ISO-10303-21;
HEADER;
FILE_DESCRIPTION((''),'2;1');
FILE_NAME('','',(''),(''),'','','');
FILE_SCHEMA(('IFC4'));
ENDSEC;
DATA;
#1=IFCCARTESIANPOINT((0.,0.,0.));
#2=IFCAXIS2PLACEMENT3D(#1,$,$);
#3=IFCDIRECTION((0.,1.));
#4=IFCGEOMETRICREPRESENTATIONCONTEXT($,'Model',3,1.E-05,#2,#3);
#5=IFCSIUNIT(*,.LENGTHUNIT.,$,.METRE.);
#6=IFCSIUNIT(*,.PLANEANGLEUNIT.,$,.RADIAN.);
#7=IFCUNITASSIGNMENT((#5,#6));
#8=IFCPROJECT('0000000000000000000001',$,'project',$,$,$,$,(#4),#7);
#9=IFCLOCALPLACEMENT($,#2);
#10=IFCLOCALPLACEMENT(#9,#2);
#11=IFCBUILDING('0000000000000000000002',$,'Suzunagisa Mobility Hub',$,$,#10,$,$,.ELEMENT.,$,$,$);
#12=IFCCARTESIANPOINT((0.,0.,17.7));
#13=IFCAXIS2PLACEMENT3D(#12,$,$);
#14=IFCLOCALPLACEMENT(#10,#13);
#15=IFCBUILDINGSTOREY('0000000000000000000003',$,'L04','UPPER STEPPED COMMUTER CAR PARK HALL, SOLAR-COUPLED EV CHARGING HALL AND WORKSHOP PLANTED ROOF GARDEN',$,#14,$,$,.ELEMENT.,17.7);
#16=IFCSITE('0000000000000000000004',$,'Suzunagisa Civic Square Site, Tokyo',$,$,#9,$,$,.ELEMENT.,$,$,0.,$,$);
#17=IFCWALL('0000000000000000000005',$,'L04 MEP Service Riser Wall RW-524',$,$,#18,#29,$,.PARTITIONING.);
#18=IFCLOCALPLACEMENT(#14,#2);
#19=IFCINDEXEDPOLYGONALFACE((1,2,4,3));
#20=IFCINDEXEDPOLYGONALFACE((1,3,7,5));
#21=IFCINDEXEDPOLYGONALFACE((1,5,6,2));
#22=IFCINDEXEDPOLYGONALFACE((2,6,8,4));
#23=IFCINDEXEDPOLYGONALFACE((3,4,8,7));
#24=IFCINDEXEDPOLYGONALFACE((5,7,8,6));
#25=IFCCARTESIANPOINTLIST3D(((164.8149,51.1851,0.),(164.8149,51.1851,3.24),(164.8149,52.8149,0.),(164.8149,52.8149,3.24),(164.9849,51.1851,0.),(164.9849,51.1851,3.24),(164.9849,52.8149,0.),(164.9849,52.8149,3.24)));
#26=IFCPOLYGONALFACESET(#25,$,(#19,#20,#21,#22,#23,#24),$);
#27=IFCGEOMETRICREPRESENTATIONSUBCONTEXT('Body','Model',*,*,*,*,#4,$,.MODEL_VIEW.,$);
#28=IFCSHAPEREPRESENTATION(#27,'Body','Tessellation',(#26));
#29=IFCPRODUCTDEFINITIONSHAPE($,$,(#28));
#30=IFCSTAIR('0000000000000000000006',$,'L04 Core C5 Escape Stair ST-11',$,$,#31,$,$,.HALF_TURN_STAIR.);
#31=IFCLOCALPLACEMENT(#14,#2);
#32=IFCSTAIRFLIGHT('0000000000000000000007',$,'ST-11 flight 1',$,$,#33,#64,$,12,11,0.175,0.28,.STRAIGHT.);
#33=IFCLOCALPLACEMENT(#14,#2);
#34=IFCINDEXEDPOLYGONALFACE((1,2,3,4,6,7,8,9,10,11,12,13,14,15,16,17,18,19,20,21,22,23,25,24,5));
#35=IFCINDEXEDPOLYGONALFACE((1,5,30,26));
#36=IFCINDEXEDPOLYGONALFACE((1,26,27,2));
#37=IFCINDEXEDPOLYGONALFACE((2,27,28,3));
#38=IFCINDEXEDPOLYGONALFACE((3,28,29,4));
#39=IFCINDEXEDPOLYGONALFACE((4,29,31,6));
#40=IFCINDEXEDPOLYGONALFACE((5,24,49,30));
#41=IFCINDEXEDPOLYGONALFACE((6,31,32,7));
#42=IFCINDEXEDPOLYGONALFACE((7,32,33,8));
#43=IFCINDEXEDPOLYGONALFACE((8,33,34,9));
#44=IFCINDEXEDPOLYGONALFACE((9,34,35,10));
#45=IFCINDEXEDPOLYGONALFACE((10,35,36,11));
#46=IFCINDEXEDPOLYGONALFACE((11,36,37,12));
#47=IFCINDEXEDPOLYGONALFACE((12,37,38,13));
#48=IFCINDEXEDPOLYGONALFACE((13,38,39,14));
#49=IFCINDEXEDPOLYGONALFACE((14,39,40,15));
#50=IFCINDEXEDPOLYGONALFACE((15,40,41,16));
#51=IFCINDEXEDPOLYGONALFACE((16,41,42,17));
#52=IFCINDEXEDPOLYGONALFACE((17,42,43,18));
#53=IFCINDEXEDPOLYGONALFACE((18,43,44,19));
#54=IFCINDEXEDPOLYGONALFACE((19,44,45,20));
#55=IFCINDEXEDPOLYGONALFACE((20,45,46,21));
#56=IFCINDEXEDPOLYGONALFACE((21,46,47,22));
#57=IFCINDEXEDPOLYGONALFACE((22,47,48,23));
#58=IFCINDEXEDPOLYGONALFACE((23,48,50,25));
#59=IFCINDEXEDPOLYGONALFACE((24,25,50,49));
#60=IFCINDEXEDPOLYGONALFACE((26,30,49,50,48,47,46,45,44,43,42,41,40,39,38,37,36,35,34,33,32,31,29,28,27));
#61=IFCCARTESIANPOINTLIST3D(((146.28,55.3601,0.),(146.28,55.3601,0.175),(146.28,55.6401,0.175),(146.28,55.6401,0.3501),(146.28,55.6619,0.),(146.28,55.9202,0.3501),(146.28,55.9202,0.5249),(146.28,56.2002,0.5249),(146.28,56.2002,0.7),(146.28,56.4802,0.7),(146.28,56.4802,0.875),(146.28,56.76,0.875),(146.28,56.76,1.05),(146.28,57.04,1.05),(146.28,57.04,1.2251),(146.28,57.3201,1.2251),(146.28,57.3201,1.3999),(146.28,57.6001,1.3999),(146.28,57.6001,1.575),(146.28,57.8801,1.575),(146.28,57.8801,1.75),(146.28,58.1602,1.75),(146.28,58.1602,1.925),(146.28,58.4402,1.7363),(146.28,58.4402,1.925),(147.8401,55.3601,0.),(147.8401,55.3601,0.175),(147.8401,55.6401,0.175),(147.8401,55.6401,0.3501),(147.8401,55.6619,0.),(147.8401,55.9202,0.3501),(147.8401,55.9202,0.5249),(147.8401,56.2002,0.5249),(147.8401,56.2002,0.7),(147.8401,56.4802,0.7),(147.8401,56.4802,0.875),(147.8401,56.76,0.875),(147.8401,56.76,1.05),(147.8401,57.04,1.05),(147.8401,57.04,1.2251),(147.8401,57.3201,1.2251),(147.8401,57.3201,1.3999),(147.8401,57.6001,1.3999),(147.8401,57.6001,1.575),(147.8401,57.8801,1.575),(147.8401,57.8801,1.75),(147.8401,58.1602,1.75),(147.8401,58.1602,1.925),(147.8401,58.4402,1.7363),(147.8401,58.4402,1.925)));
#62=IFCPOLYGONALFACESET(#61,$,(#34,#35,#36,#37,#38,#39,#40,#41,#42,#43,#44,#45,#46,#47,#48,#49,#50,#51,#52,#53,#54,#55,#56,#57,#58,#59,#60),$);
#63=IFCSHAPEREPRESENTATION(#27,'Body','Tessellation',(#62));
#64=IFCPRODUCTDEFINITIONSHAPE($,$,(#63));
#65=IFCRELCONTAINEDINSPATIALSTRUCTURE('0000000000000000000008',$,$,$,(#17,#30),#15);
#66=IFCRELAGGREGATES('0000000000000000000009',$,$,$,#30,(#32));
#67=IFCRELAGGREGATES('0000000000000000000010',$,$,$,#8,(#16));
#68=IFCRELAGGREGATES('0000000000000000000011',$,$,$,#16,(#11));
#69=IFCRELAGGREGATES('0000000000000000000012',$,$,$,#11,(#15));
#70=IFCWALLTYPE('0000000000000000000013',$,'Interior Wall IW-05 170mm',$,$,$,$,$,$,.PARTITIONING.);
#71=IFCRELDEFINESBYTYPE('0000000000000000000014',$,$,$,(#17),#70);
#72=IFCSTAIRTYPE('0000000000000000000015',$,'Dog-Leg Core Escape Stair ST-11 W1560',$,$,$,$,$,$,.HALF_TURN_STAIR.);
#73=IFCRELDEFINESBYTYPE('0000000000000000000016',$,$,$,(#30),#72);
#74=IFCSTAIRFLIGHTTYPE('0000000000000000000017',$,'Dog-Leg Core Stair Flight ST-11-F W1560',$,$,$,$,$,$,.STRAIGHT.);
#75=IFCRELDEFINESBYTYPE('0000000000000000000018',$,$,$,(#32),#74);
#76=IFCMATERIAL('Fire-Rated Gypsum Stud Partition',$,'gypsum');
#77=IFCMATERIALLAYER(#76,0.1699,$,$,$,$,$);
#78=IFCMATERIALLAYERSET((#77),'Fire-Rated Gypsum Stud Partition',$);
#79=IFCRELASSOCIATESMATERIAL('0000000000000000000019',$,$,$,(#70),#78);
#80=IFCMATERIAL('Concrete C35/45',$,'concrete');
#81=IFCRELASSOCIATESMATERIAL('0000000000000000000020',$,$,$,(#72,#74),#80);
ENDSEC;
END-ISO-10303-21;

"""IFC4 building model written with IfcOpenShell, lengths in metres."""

from ifc_helpers import new_model, si_unit, direction, frame, frame_2d, origin, place, context, subcontext, project, spatial, polyline, rectangle, outline, extrude, material, layer, layer_set, type_object, element, aggregate, save


model = new_model("IFC4")

# Units and contexts
model_context = context("Model", 3, precision=1e-05, world=origin(), true_north=direction((0.0, 1.0)))
body_context = subcontext(model_context, "Body", "Model", "MODEL_VIEW")
ifc_project = project(units=[si_unit("LENGTHUNIT", "METRE"), si_unit("PLANEANGLEUNIT", "RADIAN")], contexts=[model_context])

# Site, building, storey
site_placement = place(None, origin())
site = spatial("IfcSite", under=ifc_project, at=site_placement, Name="Suzunagisa Civic Square Site, Tokyo", CompositionType="ELEMENT", RefElevation=0.0)
building_placement = place(site_placement, origin())
building = spatial("IfcBuilding", under=site, at=building_placement, Name="Suzunagisa Mobility Hub", CompositionType="ELEMENT")
storey_placement = place(building_placement, frame((0.0, 0.0, 17.7)))
storey = spatial("IfcBuildingStorey", under=building, at=storey_placement, Name="L04", Description="UPPER STEPPED COMMUTER CAR PARK HALL, SOLAR-COUPLED EV CHARGING HALL AND WORKSHOP PLANTED ROOF GARDEN", CompositionType="ELEMENT", Elevation=17.7)

# Shared definitions
ifc_material_1 = material(Name="Concrete C35/45", Category="concrete")

# Shared definitions
ifc_material_2 = material(Name="Fire-Rated Gypsum Stud Partition", Category="gypsum")

# Wall
ifc_layer_1 = layer(ifc_material_2, 0.1699)
ifc_layer_set_1 = layer_set([ifc_layer_1], Name="Fire-Rated Gypsum Stud Partition")
wall_type_1 = type_object("IfcWallType", Name="Interior Wall IW-05 170mm", PredefinedType="PARTITIONING", material=ifc_layer_set_1)
for number, where, z_axis, x_axis, name in (
    (1, (164.8999, 51.1851, 0.0), (0.0, 0.0, 1.0), (0.0, 1.0, 0.0), "L04 MEP Service Riser Wall RW-524"),
):
    element("IfcWall", number, at=place(storey_placement, frame(where, z_axis=z_axis, x_axis=x_axis)), inside=storey, type_object=wall_type_1, Name=name, PredefinedType="PARTITIONING", context=body_context, shape_type="SweptSolid", body=[
        extrude(rectangle(XDim=1.6299, YDim=0.1699, at=frame_2d((0.8149, 0.0))), origin(), (0.0, 0.0, 1.0), 3.24),
    ])

# Stair, stair flight
stair_type = type_object("IfcStairType", Name="Dog-Leg Core Escape Stair ST-11 W1560", PredefinedType="HALF_TURN_STAIR", material=ifc_material_1)
stair_placement = place(storey_placement, origin())
stair = element("IfcStair", 2, at=stair_placement, inside=storey, type_object=stair_type, Name="L04 Core C5 Escape Stair ST-11", PredefinedType="HALF_TURN_STAIR")
stair_flight_type = type_object("IfcStairFlightType", Name="Dog-Leg Core Stair Flight ST-11-F W1560", PredefinedType="STRAIGHT", material=ifc_material_1)
stair_flight_placement = place(storey_placement, frame((147.0601, 55.3601, 0.0), z_axis=(0.0, 0.0, 1.0), x_axis=(0.0, 1.0, 0.0)))
stair_flight = element("IfcStairFlight", 3, at=stair_flight_placement, type_object=stair_flight_type, Name="ST-11 flight 1", NumberOfRisers=12, NumberOfTreads=11, PredefinedType="STRAIGHT", RiserHeight=0.175, TreadLength=0.28, context=body_context, shape_type="SweptSolid", body=[
    extrude(outline(polyline([(0.0, 0.0), (0.0, 0.175), (0.28, 0.175), (0.28, 0.3501), (0.5601, 0.3501), (0.5601, 0.5249), (0.8401, 0.5249), (0.8401, 0.7), (1.1201, 0.7), (1.1201, 0.875), (1.3999, 0.875), (1.3999, 1.05), (1.6799, 1.05), (1.6799, 1.2251), (1.96, 1.2251), (1.96, 1.3999), (2.24, 1.3999), (2.24, 1.575), (2.52, 1.575), (2.52, 1.75), (2.8, 1.75), (2.8, 1.925), (3.0801, 1.925), (3.0801, 2.1001), (3.0801, 1.7363), (0.3018, 0.0), (0.0, 0.0)])), frame((0.0, 0.78, 0.0), z_axis=(0.0, -1.0, 0.0), x_axis=(1.0, 0.0, 0.0)), (0.0, 0.0, 1.0), 1.5601),
])
aggregate(stair, [stair_flight])

save(model, "model.ifc")
